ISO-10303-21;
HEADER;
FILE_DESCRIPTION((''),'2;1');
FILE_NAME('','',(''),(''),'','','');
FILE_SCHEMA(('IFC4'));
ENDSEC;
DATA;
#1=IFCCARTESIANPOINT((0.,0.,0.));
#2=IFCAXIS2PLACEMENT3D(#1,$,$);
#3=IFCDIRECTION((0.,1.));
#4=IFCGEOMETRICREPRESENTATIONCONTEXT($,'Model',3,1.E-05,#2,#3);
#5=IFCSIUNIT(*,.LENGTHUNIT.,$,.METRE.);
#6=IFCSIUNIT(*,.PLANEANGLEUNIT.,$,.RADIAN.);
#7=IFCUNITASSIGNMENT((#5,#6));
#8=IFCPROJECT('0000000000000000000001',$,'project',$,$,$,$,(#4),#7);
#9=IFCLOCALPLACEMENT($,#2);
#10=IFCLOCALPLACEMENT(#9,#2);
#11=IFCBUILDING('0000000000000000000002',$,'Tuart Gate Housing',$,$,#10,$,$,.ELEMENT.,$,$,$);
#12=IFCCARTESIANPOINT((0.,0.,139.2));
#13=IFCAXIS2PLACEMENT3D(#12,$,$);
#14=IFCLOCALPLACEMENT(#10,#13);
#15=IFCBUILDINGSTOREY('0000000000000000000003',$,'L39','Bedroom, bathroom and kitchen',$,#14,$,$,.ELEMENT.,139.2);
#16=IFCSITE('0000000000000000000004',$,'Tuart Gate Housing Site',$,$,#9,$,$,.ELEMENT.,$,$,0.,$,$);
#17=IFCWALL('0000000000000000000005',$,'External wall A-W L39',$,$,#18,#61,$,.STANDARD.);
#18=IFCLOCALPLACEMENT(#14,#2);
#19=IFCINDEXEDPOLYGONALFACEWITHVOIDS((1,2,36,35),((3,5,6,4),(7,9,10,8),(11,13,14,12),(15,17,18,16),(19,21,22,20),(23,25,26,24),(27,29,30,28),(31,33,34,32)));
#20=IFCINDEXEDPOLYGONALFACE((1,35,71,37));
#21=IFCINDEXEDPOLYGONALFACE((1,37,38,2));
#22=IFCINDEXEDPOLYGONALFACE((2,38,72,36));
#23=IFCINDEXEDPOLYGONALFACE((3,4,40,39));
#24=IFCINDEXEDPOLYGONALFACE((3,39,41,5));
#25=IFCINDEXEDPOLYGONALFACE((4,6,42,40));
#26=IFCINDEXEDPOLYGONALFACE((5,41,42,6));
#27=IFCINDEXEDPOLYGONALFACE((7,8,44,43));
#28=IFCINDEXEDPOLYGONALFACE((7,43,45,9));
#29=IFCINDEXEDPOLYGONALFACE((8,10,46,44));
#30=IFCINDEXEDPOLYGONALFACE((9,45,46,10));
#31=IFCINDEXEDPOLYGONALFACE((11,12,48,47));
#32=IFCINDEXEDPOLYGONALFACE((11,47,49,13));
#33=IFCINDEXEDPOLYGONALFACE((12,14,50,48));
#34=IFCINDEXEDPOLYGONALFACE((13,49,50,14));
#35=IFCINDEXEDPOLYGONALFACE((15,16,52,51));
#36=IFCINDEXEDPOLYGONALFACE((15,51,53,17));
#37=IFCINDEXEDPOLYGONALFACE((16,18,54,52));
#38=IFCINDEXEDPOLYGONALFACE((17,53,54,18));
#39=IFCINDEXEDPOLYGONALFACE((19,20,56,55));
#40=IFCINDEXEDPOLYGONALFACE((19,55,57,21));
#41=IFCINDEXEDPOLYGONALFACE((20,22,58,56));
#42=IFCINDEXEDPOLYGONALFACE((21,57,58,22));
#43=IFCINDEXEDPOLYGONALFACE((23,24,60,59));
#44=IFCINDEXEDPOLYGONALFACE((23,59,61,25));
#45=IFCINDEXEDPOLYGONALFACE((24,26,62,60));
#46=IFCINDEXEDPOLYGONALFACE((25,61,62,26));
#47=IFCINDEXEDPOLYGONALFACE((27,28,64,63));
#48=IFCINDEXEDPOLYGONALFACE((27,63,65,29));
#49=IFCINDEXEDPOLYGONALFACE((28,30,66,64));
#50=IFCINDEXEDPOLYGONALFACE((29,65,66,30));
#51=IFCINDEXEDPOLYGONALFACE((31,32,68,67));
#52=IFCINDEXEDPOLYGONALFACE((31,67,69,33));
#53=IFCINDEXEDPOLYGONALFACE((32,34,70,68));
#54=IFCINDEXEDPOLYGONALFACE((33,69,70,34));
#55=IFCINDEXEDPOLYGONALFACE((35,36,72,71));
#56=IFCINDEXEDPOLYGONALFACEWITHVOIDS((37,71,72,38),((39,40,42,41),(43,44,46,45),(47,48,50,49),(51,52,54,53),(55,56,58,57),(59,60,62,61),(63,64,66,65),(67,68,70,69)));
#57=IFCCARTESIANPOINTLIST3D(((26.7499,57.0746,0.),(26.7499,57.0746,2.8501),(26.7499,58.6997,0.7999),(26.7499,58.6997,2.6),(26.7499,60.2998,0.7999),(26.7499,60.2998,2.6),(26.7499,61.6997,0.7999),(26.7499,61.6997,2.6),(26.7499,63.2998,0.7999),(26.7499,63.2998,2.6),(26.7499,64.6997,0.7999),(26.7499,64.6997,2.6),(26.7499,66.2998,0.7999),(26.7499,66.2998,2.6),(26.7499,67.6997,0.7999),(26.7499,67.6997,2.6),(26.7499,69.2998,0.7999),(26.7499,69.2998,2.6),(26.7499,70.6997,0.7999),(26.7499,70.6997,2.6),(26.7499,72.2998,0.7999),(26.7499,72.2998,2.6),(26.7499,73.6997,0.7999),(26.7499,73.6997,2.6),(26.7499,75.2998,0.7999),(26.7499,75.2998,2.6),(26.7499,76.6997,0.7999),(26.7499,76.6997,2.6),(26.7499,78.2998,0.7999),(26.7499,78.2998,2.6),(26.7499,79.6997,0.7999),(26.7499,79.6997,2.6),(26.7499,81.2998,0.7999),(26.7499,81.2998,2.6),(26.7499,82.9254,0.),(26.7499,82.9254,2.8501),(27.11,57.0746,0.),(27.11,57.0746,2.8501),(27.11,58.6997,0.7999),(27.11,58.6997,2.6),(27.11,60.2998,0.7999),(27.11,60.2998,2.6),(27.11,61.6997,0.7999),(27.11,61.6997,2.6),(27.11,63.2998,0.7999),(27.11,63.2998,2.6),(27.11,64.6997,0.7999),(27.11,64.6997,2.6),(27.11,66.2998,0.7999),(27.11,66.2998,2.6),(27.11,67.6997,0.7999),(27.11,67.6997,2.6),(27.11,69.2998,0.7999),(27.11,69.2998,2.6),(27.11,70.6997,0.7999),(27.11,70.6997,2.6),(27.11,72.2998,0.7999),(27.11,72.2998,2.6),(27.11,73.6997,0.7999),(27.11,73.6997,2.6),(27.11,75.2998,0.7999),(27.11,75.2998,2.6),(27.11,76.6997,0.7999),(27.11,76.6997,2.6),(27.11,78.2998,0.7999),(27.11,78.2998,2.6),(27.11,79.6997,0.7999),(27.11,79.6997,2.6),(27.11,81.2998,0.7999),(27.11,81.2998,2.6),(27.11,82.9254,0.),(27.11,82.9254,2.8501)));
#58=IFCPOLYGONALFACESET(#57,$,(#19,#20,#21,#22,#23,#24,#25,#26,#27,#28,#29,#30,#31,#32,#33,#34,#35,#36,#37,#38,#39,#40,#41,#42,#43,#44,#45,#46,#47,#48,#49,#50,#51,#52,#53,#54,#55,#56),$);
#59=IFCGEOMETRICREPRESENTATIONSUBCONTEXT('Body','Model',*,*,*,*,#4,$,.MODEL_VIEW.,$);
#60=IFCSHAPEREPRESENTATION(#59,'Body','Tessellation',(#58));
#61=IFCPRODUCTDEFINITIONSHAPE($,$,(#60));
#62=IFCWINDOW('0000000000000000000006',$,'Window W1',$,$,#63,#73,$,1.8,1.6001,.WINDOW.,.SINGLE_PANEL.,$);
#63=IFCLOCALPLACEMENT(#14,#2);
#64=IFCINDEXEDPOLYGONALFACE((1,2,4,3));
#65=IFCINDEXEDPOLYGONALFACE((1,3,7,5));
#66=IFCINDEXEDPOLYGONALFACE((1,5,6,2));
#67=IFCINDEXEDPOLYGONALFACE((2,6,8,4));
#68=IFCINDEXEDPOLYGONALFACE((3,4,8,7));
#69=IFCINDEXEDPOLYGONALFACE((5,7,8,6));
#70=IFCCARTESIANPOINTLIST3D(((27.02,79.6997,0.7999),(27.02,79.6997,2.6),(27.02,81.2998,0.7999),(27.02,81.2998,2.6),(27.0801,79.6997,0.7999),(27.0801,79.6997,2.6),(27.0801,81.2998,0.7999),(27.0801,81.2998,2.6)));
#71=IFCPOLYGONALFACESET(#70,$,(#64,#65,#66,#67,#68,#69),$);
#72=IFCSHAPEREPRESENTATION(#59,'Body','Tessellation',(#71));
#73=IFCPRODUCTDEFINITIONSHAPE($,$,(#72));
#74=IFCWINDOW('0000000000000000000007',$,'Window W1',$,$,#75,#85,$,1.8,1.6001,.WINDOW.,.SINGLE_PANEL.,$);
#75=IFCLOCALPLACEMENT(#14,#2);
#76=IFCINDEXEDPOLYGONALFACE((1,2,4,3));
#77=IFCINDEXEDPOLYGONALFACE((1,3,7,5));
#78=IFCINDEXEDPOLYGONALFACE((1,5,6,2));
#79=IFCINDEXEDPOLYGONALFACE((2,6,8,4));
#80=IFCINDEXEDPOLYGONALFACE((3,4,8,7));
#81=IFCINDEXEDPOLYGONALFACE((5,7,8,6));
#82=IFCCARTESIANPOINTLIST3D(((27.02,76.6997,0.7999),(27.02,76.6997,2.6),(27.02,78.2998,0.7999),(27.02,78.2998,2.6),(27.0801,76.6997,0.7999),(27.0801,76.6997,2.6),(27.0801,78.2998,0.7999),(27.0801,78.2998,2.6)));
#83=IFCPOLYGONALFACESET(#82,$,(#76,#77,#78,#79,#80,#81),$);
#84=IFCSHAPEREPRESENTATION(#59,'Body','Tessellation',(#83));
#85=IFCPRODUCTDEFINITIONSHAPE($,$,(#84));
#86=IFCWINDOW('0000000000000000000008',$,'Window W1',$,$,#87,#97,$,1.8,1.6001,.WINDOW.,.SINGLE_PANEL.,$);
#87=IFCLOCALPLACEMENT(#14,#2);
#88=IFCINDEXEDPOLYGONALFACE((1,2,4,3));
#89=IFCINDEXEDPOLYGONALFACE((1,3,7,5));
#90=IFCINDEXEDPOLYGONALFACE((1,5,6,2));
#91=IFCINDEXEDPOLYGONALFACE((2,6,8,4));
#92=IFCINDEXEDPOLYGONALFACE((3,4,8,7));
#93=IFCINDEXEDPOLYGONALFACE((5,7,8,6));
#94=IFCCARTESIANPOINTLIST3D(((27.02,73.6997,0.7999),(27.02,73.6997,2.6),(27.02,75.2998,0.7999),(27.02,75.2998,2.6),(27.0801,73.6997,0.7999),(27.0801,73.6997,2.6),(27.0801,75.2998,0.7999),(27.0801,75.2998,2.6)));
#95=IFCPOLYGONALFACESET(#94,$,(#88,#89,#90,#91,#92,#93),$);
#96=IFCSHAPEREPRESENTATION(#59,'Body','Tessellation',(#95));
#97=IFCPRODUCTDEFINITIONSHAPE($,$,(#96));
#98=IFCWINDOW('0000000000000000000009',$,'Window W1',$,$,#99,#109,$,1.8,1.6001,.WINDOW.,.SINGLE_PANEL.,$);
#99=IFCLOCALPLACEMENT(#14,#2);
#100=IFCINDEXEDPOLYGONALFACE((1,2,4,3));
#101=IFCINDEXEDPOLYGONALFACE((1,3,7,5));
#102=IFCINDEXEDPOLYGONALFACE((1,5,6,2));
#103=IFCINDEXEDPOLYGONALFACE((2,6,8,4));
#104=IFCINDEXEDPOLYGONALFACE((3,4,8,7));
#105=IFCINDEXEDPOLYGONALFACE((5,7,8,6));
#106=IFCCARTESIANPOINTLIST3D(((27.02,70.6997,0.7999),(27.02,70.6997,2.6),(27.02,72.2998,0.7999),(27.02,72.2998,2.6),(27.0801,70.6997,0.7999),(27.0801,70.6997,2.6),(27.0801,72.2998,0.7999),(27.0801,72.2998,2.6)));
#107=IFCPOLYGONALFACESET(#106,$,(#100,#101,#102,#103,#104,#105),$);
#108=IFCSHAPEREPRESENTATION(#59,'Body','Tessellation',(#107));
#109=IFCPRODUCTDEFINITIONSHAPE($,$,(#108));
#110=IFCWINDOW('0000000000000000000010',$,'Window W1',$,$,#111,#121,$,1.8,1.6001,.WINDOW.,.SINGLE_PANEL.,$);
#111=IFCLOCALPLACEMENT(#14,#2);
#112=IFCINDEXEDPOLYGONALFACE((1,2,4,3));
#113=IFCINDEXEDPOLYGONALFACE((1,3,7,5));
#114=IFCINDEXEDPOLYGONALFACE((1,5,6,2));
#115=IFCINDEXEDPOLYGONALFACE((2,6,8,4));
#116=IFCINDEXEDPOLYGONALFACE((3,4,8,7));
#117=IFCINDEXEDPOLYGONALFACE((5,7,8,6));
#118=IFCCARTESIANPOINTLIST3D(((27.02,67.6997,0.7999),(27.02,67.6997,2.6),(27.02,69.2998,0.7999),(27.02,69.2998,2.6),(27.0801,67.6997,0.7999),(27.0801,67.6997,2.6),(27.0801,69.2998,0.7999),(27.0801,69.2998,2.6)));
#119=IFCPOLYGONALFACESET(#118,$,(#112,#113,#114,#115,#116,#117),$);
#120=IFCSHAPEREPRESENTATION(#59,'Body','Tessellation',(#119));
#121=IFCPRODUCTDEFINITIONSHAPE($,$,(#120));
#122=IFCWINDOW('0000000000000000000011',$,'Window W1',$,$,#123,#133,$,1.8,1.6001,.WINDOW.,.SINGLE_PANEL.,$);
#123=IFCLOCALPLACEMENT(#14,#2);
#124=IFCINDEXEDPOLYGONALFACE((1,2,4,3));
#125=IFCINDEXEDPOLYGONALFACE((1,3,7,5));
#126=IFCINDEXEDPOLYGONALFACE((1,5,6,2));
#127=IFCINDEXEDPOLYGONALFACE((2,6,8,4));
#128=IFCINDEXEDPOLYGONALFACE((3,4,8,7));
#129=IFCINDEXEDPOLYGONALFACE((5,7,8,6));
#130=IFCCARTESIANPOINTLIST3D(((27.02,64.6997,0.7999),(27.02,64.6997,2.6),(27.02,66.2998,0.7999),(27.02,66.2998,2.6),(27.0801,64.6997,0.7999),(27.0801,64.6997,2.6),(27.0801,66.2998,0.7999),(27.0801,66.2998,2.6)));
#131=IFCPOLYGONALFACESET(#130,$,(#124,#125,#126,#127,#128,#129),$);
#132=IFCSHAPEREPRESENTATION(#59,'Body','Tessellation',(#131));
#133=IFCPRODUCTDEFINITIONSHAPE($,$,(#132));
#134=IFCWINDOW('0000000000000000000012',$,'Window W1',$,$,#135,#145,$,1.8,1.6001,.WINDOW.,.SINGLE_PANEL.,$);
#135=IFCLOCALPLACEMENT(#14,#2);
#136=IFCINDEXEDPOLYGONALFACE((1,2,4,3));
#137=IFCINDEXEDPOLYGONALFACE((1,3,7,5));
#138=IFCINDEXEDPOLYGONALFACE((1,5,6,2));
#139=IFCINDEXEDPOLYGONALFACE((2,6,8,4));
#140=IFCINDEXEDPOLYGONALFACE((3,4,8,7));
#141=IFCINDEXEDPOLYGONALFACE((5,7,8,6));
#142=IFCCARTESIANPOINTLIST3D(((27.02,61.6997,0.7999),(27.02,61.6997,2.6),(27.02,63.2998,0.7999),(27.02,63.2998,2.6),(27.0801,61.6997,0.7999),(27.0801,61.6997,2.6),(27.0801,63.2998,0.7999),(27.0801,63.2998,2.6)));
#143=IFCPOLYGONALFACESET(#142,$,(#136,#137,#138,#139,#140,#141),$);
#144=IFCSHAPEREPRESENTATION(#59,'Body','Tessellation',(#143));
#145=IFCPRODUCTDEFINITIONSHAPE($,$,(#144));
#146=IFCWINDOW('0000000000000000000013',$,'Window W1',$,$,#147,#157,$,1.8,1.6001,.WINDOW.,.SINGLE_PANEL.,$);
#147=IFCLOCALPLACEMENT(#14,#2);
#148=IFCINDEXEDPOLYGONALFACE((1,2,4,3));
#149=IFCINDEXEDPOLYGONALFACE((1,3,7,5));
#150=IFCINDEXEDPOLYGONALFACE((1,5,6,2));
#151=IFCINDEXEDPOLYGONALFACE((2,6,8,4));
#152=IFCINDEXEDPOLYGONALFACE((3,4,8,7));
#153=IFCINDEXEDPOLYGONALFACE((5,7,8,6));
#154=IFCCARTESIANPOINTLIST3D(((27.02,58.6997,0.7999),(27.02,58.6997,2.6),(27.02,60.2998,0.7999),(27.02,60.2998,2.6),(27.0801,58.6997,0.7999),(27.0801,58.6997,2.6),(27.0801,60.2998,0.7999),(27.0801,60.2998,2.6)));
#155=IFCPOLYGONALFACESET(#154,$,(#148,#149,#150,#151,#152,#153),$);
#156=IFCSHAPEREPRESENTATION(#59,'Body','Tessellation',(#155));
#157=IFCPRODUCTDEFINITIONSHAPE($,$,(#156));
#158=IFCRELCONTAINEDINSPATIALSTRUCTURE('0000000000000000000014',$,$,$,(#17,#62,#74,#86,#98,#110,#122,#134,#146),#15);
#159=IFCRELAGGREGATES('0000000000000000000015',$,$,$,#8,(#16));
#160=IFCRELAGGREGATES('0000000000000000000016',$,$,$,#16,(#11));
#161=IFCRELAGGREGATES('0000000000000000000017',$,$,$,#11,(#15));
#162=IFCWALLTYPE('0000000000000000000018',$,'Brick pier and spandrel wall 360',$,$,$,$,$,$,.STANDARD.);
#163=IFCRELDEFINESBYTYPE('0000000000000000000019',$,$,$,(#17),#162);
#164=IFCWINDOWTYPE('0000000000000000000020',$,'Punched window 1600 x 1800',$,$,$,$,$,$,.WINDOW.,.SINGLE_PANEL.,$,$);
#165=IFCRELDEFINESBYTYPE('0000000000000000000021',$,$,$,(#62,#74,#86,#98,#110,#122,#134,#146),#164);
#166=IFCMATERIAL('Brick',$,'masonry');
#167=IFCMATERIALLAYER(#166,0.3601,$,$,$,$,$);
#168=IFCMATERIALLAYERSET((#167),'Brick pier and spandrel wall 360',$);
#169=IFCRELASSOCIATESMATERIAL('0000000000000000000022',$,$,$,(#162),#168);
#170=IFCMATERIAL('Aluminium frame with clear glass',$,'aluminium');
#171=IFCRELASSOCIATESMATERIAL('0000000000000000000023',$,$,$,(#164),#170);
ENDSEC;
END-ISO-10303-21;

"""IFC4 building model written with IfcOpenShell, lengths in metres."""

from ifc_helpers import new_model, si_unit, direction, frame, frame_2d, origin, place, context, subcontext, project, spatial, rectangle, extrude, material, layer, layer_set, type_object, element, fill, save


model = new_model("IFC4")

# Units and contexts
model_context = context("Model", 3, precision=1e-05, world=origin(), true_north=direction((0.0, 1.0)))
body_context = subcontext(model_context, "Body", "Model", "MODEL_VIEW")
ifc_project = project(units=[si_unit("LENGTHUNIT", "METRE"), si_unit("PLANEANGLEUNIT", "RADIAN")], contexts=[model_context])

# Site, building, storey
site_placement = place(None, origin())
site = spatial("IfcSite", under=ifc_project, at=site_placement, Name="Tuart Gate Housing Site", CompositionType="ELEMENT", RefElevation=0.0)
building_placement = place(site_placement, origin())
building = spatial("IfcBuilding", under=site, at=building_placement, Name="Tuart Gate Housing", CompositionType="ELEMENT")
storey_placement = place(building_placement, frame((0.0, 0.0, 139.2)))
storey = spatial("IfcBuildingStorey", under=building, at=storey_placement, Name="L39", Description="Bedroom, bathroom and kitchen", CompositionType="ELEMENT", Elevation=139.2)

# Shared definitions
ifc_material_1 = material(Name="Brick", Category="masonry")
ifc_layer_1 = layer(ifc_material_1, 0.3601)
ifc_layer_set_1 = layer_set([ifc_layer_1], Name="Brick pier and spandrel wall 360")
wall_type_1 = type_object("IfcWallType", Name="Brick pier and spandrel wall 360", PredefinedType="STANDARD", material=ifc_layer_set_1)
ifc_material_2 = material(Name="Aluminium frame with clear glass", Category="aluminium")
window_type = type_object("IfcWindowType", Name="Punched window 1600 x 1800", PartitioningType="SINGLE_PANEL", PredefinedType="WINDOW", material=ifc_material_2)

# Wall, openings, windows
wall_1_placement = place(storey_placement, frame((26.9299, 82.9253, 0.0), z_axis=(0.0, 0.0, 1.0), x_axis=(0.0, -1.0, 0.0)))
wall_1 = element("IfcWall", 1, at=wall_1_placement, inside=storey, type_object=wall_type_1, Name="External wall A-W L39", PredefinedType="STANDARD", context=body_context, shape_type="SweptSolid", body=[
    extrude(rectangle(XDim=25.8508, YDim=0.3601, at=frame_2d((12.9253, 0.0))), origin(), (0.0, 0.0, 1.0), 2.8501),
])
opening_1_placement = place(wall_1_placement, frame((1.6255, 0.0, 0.8)))
opening_1 = element("IfcOpeningElement", 2, at=opening_1_placement, cuts=wall_1, PredefinedType="OPENING", context=body_context, shape_type="SweptSolid", body=[
    extrude(rectangle(XDim=1.6001, YDim=1.8, at=frame_2d((0.8, 0.8999))), frame((0.0, 0.1899, 0.0), z_axis=(0.0, -1.0, 0.0), x_axis=(1.0, 0.0, 0.0)), (0.0, 0.0, 1.0), 0.3801),
])
opening_2_placement = place(wall_1_placement, frame((4.6255, 0.0, 0.8)))
opening_2 = element("IfcOpeningElement", 3, at=opening_2_placement, cuts=wall_1, PredefinedType="OPENING", context=body_context, shape_type="SweptSolid", body=[
    extrude(rectangle(XDim=1.6001, YDim=1.8, at=frame_2d((0.8, 0.8999))), frame((0.0, 0.1899, 0.0), z_axis=(0.0, -1.0, 0.0), x_axis=(1.0, 0.0, 0.0)), (0.0, 0.0, 1.0), 0.3801),
])
opening_3_placement = place(wall_1_placement, frame((7.6255, 0.0, 0.8)))
opening_3 = element("IfcOpeningElement", 4, at=opening_3_placement, cuts=wall_1, PredefinedType="OPENING", context=body_context, shape_type="SweptSolid", body=[
    extrude(rectangle(XDim=1.6001, YDim=1.8, at=frame_2d((0.8, 0.8999))), frame((0.0, 0.1899, 0.0), z_axis=(0.0, -1.0, 0.0), x_axis=(1.0, 0.0, 0.0)), (0.0, 0.0, 1.0), 0.3801),
])
opening_4_placement = place(wall_1_placement, frame((10.6255, 0.0, 0.8)))
opening_4 = element("IfcOpeningElement", 5, at=opening_4_placement, cuts=wall_1, PredefinedType="OPENING", context=body_context, shape_type="SweptSolid", body=[
    extrude(rectangle(XDim=1.6001, YDim=1.8, at=frame_2d((0.8, 0.8999))), frame((0.0, 0.1899, 0.0), z_axis=(0.0, -1.0, 0.0), x_axis=(1.0, 0.0, 0.0)), (0.0, 0.0, 1.0), 0.3801),
])
opening_5_placement = place(wall_1_placement, frame((13.6255, 0.0, 0.8)))
opening_5 = element("IfcOpeningElement", 6, at=opening_5_placement, cuts=wall_1, PredefinedType="OPENING", context=body_context, shape_type="SweptSolid", body=[
    extrude(rectangle(XDim=1.6001, YDim=1.8, at=frame_2d((0.8, 0.8999))), frame((0.0, 0.1899, 0.0), z_axis=(0.0, -1.0, 0.0), x_axis=(1.0, 0.0, 0.0)), (0.0, 0.0, 1.0), 0.3801),
])
opening_6_placement = place(wall_1_placement, frame((16.6255, 0.0, 0.8)))
opening_6 = element("IfcOpeningElement", 7, at=opening_6_placement, cuts=wall_1, PredefinedType="OPENING", context=body_context, shape_type="SweptSolid", body=[
    extrude(rectangle(XDim=1.6001, YDim=1.8, at=frame_2d((0.8, 0.8999))), frame((0.0, 0.1899, 0.0), z_axis=(0.0, -1.0, 0.0), x_axis=(1.0, 0.0, 0.0)), (0.0, 0.0, 1.0), 0.3801),
])
opening_7_placement = place(wall_1_placement, frame((19.6255, 0.0, 0.8)))
opening_7 = element("IfcOpeningElement", 8, at=opening_7_placement, cuts=wall_1, PredefinedType="OPENING", context=body_context, shape_type="SweptSolid", body=[
    extrude(rectangle(XDim=1.6001, YDim=1.8, at=frame_2d((0.8, 0.8999))), frame((0.0, 0.1899, 0.0), z_axis=(0.0, -1.0, 0.0), x_axis=(1.0, 0.0, 0.0)), (0.0, 0.0, 1.0), 0.3801),
])
opening_8_placement = place(wall_1_placement, frame((22.6255, 0.0, 0.8)))
opening_8 = element("IfcOpeningElement", 9, at=opening_8_placement, cuts=wall_1, PredefinedType="OPENING", context=body_context, shape_type="SweptSolid", body=[
    extrude(rectangle(XDim=1.6001, YDim=1.8, at=frame_2d((0.8, 0.8999))), frame((0.0, 0.1899, 0.0), z_axis=(0.0, -1.0, 0.0), x_axis=(1.0, 0.0, 0.0)), (0.0, 0.0, 1.0), 0.3801),
])
window_1_placement = place(opening_1_placement, origin())
window_1 = element("IfcWindow", 10, at=window_1_placement, inside=storey, type_object=window_type, Name="Window W1", OverallHeight=1.8, OverallWidth=1.6001, PartitioningType="SINGLE_PANEL", PredefinedType="WINDOW", context=body_context, shape_type="SweptSolid", body=[
    extrude(rectangle(XDim=1.6001, YDim=1.8, at=frame_2d((0.8, 0.8999))), frame((0.0, 0.1501, 0.0), z_axis=(0.0, -1.0, 0.0), x_axis=(1.0, 0.0, 0.0)), (0.0, 0.0, 1.0), 0.0601),
])
fill(opening_1, window_1)
window_2_placement = place(opening_2_placement, origin())
window_2 = element("IfcWindow", 11, at=window_2_placement, inside=storey, type_object=window_type, Name="Window W1", OverallHeight=1.8, OverallWidth=1.6001, PartitioningType="SINGLE_PANEL", PredefinedType="WINDOW", context=body_context, shape_type="SweptSolid", body=[
    extrude(rectangle(XDim=1.6001, YDim=1.8, at=frame_2d((0.8, 0.8999))), frame((0.0, 0.1501, 0.0), z_axis=(0.0, -1.0, 0.0), x_axis=(1.0, 0.0, 0.0)), (0.0, 0.0, 1.0), 0.0601),
])
fill(opening_2, window_2)
window_3_placement = place(opening_3_placement, origin())
window_3 = element("IfcWindow", 12, at=window_3_placement, inside=storey, type_object=window_type, Name="Window W1", OverallHeight=1.8, OverallWidth=1.6001, PartitioningType="SINGLE_PANEL", PredefinedType="WINDOW", context=body_context, shape_type="SweptSolid", body=[
    extrude(rectangle(XDim=1.6001, YDim=1.8, at=frame_2d((0.8, 0.8999))), frame((0.0, 0.1501, 0.0), z_axis=(0.0, -1.0, 0.0), x_axis=(1.0, 0.0, 0.0)), (0.0, 0.0, 1.0), 0.0601),
])
fill(opening_3, window_3)
window_4_placement = place(opening_4_placement, origin())
window_4 = element("IfcWindow", 13, at=window_4_placement, inside=storey, type_object=window_type, Name="Window W1", OverallHeight=1.8, OverallWidth=1.6001, PartitioningType="SINGLE_PANEL", PredefinedType="WINDOW", context=body_context, shape_type="SweptSolid", body=[
    extrude(rectangle(XDim=1.6001, YDim=1.8, at=frame_2d((0.8, 0.8999))), frame((0.0, 0.1501, 0.0), z_axis=(0.0, -1.0, 0.0), x_axis=(1.0, 0.0, 0.0)), (0.0, 0.0, 1.0), 0.0601),
])
fill(opening_4, window_4)
window_5_placement = place(opening_5_placement, origin())
window_5 = element("IfcWindow", 14, at=window_5_placement, inside=storey, type_object=window_type, Name="Window W1", OverallHeight=1.8, OverallWidth=1.6001, PartitioningType="SINGLE_PANEL", PredefinedType="WINDOW", context=body_context, shape_type="SweptSolid", body=[
    extrude(rectangle(XDim=1.6001, YDim=1.8, at=frame_2d((0.8, 0.8999))), frame((0.0, 0.1501, 0.0), z_axis=(0.0, -1.0, 0.0), x_axis=(1.0, 0.0, 0.0)), (0.0, 0.0, 1.0), 0.0601),
])
fill(opening_5, window_5)
window_6_placement = place(opening_6_placement, origin())
window_6 = element("IfcWindow", 15, at=window_6_placement, inside=storey, type_object=window_type, Name="Window W1", OverallHeight=1.8, OverallWidth=1.6001, PartitioningType="SINGLE_PANEL", PredefinedType="WINDOW", context=body_context, shape_type="SweptSolid", body=[
    extrude(rectangle(XDim=1.6001, YDim=1.8, at=frame_2d((0.8, 0.8999))), frame((0.0, 0.1501, 0.0), z_axis=(0.0, -1.0, 0.0), x_axis=(1.0, 0.0, 0.0)), (0.0, 0.0, 1.0), 0.0601),
])
fill(opening_6, window_6)
window_7_placement = place(opening_7_placement, origin())
window_7 = element("IfcWindow", 16, at=window_7_placement, inside=storey, type_object=window_type, Name="Window W1", OverallHeight=1.8, OverallWidth=1.6001, PartitioningType="SINGLE_PANEL", PredefinedType="WINDOW", context=body_context, shape_type="SweptSolid", body=[
    extrude(rectangle(XDim=1.6001, YDim=1.8, at=frame_2d((0.8, 0.8999))), frame((0.0, 0.1501, 0.0), z_axis=(0.0, -1.0, 0.0), x_axis=(1.0, 0.0, 0.0)), (0.0, 0.0, 1.0), 0.0601),
])
fill(opening_7, window_7)
window_8_placement = place(opening_8_placement, origin())
window_8 = element("IfcWindow", 17, at=window_8_placement, inside=storey, type_object=window_type, Name="Window W1", OverallHeight=1.8, OverallWidth=1.6001, PartitioningType="SINGLE_PANEL", PredefinedType="WINDOW", context=body_context, shape_type="SweptSolid", body=[
    extrude(rectangle(XDim=1.6001, YDim=1.8, at=frame_2d((0.8, 0.8999))), frame((0.0, 0.1501, 0.0), z_axis=(0.0, -1.0, 0.0), x_axis=(1.0, 0.0, 0.0)), (0.0, 0.0, 1.0), 0.0601),
])
fill(opening_8, window_8)

save(model, "model.ifc")
